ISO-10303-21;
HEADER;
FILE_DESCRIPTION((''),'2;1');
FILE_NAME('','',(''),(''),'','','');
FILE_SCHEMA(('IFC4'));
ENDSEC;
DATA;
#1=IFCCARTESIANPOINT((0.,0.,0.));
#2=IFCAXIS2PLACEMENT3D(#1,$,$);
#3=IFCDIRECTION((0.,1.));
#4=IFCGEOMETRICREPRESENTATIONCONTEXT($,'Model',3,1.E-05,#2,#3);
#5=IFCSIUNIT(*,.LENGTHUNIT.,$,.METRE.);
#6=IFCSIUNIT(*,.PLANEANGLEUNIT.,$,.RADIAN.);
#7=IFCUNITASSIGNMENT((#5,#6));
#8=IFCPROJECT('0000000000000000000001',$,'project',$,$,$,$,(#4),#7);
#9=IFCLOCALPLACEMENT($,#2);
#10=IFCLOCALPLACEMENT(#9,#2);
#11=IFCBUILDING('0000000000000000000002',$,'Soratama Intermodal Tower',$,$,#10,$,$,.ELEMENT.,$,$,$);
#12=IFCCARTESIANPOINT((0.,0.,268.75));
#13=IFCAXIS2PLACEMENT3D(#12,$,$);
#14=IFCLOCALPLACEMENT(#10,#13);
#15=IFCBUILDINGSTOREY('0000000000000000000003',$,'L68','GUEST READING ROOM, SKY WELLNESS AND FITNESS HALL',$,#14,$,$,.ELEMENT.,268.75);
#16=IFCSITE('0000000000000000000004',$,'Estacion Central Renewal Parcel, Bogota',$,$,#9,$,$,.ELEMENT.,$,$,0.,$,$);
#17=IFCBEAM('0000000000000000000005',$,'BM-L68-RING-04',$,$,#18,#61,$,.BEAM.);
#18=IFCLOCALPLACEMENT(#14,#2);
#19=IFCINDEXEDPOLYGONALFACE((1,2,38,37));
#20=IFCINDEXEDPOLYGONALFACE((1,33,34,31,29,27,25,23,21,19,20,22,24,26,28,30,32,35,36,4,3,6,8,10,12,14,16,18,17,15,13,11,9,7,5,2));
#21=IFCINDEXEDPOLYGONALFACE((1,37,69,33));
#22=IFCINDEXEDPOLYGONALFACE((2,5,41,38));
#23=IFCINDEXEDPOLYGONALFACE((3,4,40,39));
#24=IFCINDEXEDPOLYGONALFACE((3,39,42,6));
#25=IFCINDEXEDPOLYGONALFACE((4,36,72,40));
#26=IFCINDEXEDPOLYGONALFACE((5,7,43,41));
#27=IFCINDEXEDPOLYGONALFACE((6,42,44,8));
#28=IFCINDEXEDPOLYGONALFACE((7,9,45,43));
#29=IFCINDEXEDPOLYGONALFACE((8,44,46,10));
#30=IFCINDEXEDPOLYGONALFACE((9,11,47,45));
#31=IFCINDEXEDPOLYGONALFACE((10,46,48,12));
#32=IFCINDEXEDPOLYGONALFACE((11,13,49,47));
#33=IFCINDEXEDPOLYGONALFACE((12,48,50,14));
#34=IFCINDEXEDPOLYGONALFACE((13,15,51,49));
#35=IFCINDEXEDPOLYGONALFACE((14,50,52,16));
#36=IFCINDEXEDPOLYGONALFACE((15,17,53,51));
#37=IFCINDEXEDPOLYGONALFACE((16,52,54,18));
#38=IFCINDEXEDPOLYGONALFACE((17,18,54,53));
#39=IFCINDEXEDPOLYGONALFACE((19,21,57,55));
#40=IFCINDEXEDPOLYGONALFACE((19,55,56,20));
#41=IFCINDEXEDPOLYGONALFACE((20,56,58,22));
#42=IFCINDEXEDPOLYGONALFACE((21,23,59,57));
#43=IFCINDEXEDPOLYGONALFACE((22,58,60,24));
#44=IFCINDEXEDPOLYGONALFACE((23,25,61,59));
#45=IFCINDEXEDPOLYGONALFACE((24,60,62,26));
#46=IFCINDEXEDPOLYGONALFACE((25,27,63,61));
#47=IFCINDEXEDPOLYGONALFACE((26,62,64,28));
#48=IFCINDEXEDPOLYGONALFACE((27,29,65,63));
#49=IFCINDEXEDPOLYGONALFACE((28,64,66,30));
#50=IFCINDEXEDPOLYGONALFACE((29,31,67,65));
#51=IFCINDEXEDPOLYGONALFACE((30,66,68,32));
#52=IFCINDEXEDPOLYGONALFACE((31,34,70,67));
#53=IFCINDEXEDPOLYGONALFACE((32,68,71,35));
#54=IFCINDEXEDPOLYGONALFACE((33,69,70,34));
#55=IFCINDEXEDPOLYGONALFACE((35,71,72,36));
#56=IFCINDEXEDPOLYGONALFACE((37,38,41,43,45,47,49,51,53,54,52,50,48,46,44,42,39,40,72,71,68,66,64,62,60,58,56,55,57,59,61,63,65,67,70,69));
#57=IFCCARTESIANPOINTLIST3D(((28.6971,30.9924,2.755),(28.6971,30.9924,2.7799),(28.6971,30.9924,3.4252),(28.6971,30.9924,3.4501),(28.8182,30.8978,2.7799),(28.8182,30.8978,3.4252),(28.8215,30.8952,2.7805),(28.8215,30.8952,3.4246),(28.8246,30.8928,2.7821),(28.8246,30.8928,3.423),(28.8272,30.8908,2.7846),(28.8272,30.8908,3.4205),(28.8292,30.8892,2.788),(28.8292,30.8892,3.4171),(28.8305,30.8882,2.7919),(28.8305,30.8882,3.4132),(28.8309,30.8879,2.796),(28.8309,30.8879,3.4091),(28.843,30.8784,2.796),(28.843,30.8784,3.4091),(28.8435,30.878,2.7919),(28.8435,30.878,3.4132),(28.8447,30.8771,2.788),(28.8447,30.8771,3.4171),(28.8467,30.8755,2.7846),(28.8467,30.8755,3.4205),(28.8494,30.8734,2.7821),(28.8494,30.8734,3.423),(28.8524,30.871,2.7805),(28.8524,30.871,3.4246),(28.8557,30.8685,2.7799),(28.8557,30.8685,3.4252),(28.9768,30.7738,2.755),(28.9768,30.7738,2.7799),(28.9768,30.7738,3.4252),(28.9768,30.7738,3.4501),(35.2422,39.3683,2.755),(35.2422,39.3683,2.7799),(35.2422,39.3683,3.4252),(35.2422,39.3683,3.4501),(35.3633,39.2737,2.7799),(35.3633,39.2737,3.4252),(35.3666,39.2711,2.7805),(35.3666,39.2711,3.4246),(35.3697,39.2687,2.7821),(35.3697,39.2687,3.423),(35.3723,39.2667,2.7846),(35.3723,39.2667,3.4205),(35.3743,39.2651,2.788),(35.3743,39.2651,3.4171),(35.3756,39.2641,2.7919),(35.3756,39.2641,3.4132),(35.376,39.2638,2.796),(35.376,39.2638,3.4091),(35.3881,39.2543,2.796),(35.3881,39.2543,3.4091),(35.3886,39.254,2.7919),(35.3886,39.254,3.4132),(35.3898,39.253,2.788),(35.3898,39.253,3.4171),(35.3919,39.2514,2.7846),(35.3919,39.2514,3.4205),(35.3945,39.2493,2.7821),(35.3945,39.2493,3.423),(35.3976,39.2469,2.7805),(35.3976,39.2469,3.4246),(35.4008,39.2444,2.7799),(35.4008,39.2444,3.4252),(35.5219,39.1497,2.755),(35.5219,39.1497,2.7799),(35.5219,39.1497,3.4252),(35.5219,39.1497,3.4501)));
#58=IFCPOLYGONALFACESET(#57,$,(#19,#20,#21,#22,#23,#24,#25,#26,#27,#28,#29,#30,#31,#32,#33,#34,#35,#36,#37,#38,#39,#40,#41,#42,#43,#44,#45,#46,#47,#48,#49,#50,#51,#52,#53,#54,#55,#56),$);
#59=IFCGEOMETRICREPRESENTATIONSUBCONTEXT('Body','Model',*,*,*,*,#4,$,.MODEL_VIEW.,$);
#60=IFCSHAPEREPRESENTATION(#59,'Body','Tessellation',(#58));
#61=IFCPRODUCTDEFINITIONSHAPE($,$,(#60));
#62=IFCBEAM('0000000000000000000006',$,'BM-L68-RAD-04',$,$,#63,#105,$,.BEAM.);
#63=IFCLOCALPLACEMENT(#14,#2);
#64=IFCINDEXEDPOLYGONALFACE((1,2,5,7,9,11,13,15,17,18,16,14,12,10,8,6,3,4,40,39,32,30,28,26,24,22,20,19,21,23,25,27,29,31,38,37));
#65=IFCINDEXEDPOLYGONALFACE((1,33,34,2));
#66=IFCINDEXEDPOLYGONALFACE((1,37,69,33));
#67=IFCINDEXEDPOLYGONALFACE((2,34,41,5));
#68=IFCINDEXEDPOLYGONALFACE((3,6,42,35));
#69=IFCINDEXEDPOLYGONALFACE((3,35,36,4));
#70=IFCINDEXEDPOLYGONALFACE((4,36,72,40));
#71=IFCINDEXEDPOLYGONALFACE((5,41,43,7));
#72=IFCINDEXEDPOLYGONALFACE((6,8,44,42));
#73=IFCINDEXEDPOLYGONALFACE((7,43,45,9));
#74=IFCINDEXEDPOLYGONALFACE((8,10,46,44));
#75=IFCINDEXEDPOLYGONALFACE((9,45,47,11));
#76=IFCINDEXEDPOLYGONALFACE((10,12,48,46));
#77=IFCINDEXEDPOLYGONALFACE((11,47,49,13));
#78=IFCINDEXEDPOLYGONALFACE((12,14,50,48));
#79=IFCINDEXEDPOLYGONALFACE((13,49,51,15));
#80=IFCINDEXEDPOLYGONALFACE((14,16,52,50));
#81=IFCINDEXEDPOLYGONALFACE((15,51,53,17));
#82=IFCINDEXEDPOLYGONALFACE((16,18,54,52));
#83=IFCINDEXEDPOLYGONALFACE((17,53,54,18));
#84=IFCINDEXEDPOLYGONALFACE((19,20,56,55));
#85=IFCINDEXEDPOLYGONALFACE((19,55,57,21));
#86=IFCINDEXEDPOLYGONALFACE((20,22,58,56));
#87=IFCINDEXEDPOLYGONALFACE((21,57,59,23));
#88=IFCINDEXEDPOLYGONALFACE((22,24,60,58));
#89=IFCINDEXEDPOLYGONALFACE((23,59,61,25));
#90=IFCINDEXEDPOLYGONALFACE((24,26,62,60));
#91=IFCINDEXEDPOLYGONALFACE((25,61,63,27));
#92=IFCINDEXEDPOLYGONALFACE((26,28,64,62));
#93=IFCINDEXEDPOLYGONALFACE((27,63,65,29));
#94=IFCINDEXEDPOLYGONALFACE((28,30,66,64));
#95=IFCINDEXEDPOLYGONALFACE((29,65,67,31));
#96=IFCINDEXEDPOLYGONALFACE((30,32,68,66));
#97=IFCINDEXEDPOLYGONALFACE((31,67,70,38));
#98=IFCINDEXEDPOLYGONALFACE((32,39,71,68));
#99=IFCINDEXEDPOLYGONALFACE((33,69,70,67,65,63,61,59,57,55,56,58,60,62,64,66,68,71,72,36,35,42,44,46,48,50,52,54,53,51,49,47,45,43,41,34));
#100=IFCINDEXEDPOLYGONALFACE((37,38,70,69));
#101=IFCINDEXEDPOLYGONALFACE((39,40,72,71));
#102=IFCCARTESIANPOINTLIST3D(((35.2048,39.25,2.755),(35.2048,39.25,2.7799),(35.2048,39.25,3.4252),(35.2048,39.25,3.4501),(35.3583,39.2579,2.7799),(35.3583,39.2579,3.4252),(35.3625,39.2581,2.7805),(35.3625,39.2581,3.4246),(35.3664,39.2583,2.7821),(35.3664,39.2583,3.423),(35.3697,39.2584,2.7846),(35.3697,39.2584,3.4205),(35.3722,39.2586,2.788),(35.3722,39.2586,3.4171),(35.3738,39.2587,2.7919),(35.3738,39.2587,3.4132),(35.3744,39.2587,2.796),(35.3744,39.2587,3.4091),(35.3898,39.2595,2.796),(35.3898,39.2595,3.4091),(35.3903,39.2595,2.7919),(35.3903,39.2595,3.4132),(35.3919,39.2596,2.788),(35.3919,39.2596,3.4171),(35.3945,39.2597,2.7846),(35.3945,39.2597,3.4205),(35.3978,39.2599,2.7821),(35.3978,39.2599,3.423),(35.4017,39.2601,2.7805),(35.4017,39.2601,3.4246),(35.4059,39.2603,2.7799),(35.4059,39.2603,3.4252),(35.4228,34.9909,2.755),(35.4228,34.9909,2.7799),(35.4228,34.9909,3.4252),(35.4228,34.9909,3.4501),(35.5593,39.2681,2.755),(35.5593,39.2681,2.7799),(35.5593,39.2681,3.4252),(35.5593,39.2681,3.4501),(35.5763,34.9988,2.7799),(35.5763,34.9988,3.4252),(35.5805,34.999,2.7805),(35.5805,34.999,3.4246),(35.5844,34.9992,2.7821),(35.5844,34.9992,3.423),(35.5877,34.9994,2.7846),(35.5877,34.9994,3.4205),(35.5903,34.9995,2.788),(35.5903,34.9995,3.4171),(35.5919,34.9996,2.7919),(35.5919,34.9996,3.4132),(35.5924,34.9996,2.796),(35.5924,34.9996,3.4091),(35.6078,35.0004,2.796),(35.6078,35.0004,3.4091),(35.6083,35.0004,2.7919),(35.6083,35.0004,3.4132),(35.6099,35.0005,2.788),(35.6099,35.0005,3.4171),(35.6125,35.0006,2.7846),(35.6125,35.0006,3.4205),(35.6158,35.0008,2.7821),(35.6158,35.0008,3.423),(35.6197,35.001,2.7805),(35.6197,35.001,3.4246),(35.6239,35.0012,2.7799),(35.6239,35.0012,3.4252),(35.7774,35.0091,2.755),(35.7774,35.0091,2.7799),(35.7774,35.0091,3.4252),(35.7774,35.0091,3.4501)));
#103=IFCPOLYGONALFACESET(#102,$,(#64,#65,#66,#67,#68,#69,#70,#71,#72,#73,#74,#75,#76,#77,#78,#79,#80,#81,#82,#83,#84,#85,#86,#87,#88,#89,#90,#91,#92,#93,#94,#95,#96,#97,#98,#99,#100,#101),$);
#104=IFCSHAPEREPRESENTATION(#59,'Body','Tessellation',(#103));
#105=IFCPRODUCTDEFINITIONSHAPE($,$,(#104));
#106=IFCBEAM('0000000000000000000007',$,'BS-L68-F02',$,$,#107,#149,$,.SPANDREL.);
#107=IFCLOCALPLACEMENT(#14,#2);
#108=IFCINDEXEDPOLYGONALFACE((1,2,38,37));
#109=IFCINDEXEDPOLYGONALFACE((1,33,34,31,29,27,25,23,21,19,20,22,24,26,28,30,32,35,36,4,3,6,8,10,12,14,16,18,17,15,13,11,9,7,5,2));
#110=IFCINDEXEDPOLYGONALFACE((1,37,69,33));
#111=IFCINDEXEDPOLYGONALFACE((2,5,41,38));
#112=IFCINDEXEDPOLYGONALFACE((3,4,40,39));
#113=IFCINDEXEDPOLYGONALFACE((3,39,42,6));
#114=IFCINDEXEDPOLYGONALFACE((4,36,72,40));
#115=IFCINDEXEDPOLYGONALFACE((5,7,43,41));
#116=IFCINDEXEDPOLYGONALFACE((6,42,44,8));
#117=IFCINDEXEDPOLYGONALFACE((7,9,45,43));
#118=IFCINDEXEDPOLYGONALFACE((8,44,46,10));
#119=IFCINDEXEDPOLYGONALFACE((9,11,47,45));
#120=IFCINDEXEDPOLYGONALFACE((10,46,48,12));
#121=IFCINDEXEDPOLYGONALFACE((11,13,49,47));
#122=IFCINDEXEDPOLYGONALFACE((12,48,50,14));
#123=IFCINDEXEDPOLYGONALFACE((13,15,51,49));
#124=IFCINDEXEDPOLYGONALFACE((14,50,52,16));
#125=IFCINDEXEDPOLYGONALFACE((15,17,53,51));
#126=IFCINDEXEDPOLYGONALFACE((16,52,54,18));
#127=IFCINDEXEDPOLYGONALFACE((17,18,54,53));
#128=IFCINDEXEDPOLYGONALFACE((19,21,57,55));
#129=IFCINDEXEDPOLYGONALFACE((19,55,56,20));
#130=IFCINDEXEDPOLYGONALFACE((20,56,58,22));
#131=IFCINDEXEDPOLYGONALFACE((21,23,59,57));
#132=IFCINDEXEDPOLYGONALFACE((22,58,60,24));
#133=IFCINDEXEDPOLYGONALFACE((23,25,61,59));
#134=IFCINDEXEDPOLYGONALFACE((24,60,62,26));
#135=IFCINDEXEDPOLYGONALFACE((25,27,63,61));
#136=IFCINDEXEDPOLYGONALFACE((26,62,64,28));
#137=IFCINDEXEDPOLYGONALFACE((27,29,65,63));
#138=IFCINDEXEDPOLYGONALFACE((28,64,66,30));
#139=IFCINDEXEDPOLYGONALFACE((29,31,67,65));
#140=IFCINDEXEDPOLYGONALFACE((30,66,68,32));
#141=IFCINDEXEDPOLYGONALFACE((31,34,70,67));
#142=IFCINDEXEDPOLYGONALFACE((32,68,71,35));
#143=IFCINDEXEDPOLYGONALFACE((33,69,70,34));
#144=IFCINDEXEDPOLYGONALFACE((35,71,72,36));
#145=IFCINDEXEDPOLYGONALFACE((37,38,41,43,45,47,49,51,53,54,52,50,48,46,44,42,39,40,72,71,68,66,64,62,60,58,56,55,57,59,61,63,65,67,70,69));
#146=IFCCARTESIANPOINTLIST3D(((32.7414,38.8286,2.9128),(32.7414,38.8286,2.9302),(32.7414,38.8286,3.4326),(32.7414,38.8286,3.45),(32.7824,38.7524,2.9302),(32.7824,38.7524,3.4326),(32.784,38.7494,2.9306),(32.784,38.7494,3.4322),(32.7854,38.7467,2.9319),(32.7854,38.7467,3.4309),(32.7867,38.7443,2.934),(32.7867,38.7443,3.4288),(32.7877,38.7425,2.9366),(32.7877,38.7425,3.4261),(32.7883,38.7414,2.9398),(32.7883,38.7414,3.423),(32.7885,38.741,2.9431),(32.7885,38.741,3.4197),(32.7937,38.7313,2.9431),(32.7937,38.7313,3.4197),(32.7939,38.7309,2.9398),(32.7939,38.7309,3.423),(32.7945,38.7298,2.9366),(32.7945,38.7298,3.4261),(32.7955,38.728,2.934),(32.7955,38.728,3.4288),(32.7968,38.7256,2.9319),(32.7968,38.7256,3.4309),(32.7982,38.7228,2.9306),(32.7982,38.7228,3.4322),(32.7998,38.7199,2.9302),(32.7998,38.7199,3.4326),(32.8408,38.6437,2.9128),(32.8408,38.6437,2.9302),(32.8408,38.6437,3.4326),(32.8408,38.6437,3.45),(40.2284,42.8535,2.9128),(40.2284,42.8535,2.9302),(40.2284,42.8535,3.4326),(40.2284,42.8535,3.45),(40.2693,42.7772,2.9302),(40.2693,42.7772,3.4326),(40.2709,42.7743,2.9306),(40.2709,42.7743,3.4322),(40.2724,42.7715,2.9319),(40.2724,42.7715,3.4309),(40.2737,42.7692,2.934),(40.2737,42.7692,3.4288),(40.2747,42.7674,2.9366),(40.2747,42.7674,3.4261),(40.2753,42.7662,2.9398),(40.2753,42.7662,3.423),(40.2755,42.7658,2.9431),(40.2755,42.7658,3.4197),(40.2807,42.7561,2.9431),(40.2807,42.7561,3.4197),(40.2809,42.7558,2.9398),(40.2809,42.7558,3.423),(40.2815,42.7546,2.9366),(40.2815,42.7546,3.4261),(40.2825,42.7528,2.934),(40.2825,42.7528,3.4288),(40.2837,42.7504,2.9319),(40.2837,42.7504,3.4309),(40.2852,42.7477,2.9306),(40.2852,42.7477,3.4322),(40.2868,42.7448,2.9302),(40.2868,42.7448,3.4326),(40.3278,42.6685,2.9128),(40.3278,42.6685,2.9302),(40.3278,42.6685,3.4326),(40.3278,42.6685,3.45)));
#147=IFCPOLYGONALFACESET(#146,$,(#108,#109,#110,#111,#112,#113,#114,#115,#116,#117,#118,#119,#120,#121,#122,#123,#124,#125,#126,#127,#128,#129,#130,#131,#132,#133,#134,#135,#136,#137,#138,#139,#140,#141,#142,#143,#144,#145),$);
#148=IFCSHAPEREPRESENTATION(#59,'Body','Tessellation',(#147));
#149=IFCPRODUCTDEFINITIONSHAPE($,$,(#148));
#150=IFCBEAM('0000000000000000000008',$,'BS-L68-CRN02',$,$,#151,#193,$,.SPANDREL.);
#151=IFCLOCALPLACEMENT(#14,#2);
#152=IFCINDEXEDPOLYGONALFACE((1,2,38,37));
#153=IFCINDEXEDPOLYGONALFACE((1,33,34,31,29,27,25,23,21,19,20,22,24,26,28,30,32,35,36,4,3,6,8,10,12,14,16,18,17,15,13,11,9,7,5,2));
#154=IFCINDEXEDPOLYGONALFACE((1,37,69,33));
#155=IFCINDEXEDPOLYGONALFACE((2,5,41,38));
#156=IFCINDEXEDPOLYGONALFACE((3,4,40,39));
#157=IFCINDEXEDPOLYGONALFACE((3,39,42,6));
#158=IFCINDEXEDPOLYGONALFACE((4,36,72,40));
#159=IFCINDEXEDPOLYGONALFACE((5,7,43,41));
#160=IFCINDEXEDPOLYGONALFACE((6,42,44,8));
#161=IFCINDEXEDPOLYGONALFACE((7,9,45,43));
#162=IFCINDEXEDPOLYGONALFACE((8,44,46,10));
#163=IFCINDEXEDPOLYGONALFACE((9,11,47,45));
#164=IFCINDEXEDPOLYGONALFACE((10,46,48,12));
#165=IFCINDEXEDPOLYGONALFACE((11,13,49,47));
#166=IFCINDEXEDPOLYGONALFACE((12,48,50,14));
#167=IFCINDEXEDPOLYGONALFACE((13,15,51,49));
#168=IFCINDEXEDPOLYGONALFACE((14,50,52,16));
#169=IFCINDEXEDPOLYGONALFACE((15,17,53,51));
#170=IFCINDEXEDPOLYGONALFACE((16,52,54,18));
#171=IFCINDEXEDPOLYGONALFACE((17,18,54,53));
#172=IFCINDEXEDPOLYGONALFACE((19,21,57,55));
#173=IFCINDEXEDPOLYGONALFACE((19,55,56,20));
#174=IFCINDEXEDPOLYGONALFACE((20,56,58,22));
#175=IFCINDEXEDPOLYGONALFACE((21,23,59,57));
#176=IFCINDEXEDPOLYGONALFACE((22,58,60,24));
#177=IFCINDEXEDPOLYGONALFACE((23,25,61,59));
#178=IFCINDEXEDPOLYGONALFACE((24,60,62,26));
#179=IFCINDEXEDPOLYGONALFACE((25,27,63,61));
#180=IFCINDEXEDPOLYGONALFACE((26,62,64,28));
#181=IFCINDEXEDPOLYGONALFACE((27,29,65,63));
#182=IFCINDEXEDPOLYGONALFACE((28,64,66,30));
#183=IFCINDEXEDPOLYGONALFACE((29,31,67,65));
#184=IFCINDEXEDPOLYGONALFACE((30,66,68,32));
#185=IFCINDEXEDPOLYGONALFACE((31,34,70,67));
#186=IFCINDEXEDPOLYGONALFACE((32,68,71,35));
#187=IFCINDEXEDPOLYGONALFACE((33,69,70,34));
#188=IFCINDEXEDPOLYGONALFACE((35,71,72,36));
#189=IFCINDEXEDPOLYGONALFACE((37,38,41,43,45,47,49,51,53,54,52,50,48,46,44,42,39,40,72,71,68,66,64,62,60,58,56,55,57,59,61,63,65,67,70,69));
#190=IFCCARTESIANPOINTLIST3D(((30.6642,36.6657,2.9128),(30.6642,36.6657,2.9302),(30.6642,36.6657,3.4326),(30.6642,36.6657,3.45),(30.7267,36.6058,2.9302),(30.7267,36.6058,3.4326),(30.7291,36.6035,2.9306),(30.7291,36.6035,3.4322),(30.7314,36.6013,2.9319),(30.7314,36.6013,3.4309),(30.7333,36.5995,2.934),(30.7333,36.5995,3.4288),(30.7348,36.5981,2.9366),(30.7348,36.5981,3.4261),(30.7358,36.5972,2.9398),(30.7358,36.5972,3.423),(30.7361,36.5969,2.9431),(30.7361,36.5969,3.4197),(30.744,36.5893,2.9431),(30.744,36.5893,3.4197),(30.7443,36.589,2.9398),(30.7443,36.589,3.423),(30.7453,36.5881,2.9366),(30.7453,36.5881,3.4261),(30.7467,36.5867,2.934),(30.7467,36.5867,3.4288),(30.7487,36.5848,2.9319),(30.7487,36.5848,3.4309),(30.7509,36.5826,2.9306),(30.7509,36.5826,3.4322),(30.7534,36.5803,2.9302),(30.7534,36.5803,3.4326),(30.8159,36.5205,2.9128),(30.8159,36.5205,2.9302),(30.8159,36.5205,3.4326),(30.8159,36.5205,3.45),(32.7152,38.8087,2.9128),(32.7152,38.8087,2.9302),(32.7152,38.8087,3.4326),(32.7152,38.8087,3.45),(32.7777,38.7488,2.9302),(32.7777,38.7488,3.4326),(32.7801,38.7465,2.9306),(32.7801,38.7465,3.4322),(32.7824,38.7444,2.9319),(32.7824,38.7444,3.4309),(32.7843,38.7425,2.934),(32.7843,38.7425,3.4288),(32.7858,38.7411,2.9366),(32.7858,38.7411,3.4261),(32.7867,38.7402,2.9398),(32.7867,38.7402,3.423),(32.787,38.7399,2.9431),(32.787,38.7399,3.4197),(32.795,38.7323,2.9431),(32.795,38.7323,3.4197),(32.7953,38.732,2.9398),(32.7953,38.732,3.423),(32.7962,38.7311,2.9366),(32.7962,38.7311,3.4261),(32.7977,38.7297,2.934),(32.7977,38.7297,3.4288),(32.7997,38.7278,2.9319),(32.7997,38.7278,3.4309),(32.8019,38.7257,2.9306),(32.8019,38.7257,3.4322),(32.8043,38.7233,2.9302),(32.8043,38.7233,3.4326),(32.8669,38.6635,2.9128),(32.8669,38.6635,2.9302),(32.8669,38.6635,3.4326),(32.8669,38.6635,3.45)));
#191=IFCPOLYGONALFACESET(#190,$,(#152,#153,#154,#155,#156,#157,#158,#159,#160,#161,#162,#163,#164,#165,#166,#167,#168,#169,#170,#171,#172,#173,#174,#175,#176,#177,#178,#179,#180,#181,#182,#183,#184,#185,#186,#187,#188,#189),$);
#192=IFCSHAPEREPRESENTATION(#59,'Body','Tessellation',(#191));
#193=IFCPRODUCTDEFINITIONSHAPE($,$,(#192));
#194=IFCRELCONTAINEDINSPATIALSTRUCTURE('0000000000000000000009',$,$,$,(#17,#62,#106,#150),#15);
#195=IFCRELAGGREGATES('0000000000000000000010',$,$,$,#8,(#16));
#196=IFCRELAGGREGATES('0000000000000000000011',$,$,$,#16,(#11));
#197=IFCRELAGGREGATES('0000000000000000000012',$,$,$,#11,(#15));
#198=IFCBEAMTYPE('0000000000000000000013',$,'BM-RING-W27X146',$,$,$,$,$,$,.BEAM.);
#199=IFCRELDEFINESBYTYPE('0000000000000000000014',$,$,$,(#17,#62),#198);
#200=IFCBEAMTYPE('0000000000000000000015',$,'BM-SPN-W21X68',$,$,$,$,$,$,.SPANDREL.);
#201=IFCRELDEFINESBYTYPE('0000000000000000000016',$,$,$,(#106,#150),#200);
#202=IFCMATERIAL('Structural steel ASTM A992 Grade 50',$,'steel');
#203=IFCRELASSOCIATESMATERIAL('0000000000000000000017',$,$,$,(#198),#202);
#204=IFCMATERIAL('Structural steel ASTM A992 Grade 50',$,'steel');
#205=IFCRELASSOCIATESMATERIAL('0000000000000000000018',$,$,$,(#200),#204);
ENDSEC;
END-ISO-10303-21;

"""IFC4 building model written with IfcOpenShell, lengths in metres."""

from ifc_helpers import new_model, si_unit, direction, frame, origin, origin_2d, place, context, subcontext, project, spatial, i_section, extrude, material, material_profile, profile_set, type_object, element, save


model = new_model("IFC4")

# Units and contexts
model_context = context("Model", 3, precision=1e-05, world=origin(), true_north=direction((0.0, 1.0)))
body_context = subcontext(model_context, "Body", "Model", "MODEL_VIEW")
ifc_project = project(units=[si_unit("LENGTHUNIT", "METRE"), si_unit("PLANEANGLEUNIT", "RADIAN")], contexts=[model_context])

# Site, building, storey
site_placement = place(None, origin())
site = spatial("IfcSite", under=ifc_project, at=site_placement, Name="Estacion Central Renewal Parcel, Bogota", CompositionType="ELEMENT", RefElevation=0.0)
building_placement = place(site_placement, origin())
building = spatial("IfcBuilding", under=site, at=building_placement, Name="Soratama Intermodal Tower", CompositionType="ELEMENT")
storey_placement = place(building_placement, frame((0.0, 0.0, 268.75)))
storey = spatial("IfcBuildingStorey", under=building, at=storey_placement, Name="L68", Description="GUEST READING ROOM, SKY WELLNESS AND FITNESS HALL", CompositionType="ELEMENT", Elevation=268.75)

# Beams
ifc_material_1 = material(Name="Structural steel ASTM A992 Grade 50", Category="steel")
ifc_material_profile_1 = material_profile(ifc_material_1, i_section(OverallWidth=0.355, OverallDepth=0.6951, WebThickness=0.0154, FlangeThickness=0.0249, FilletRadius=0.0161, at=origin_2d()), Name="W27X146")
ifc_profile_set_1 = profile_set([ifc_material_profile_1], Name="Structural steel ASTM A992 Grade 50")
beam_type_1 = type_object("IfcBeamType", Name="BM-RING-W27X146", PredefinedType="BEAM", material=ifc_profile_set_1)
beam_1_placement = place(storey_placement, frame((35.3821, 39.259, 3.1025), z_axis=(-0.615728, -0.787959, 0.0), x_axis=(0.787959, -0.615728, 0.0)))
element("IfcBeam", 1, at=beam_1_placement, inside=storey, type_object=beam_type_1, Name="BM-L68-RING-04", PredefinedType="BEAM", context=body_context, shape_type="SweptSolid", body=[
    extrude(i_section(OverallWidth=0.355, OverallDepth=0.6951, WebThickness=0.0154, FlangeThickness=0.0249, FilletRadius=0.0161, at=origin_2d()), origin(), (0.0, 0.0, 1.0), 10.6299),
])
beam_2_placement = place(storey_placement, frame((35.6001, 35.0, 3.1025), z_axis=(-0.051123, 0.998692, 0.0), x_axis=(-0.998692, -0.051123, 0.0)))
element("IfcBeam", 2, at=beam_2_placement, inside=storey, type_object=beam_type_1, Name="BM-L68-RAD-04", PredefinedType="BEAM", context=body_context, shape_type="SweptSolid", body=[
    extrude(i_section(OverallWidth=0.355, OverallDepth=0.6951, WebThickness=0.0154, FlangeThickness=0.0249, FilletRadius=0.0161, at=origin_2d()), origin(), (0.0, 0.0, 1.0), 4.2646),
])
ifc_material_2 = material(Name="Structural steel ASTM A992 Grade 50", Category="steel")
ifc_material_profile_2 = material_profile(ifc_material_2, i_section(OverallWidth=0.21, OverallDepth=0.5371, WebThickness=0.011, FlangeThickness=0.0173, FilletRadius=0.0129, at=origin_2d()), Name="W21X68")
ifc_profile_set_2 = profile_set([ifc_material_profile_2], Name="Structural steel ASTM A992 Grade 50")
beam_type_2 = type_object("IfcBeamType", Name="BM-SPN-W21X68", PredefinedType="SPANDREL", material=ifc_profile_set_2)
beam_3_placement = place(storey_placement, frame((40.2781, 42.761, 3.1814), z_axis=(-0.880795, -0.473499, 0.0), x_axis=(0.473499, -0.880795, 0.0)))
element("IfcBeam", 3, at=beam_3_placement, inside=storey, type_object=beam_type_2, Name="BS-L68-F02", PredefinedType="SPANDREL", context=body_context, shape_type="SweptSolid", body=[
    extrude(i_section(OverallWidth=0.21, OverallDepth=0.5371, WebThickness=0.011, FlangeThickness=0.0173, FilletRadius=0.0129, at=origin_2d()), origin(), (0.0, 0.0, 1.0), 8.5002),
])
beam_4_placement = place(storey_placement, frame((32.791, 38.7361, 3.1814), z_axis=(-0.691423, -0.722451, 0.0), x_axis=(0.722451, -0.691423, 0.0)))
element("IfcBeam", 4, at=beam_4_placement, inside=storey, type_object=beam_type_2, Name="BS-L68-CRN02", PredefinedType="SPANDREL", context=body_context, shape_type="SweptSolid", body=[
    extrude(i_section(OverallWidth=0.21, OverallDepth=0.5371, WebThickness=0.011, FlangeThickness=0.0173, FilletRadius=0.0129, at=origin_2d()), origin(), (0.0, 0.0, 1.0), 2.9663),
])

save(model, "model.ifc")
